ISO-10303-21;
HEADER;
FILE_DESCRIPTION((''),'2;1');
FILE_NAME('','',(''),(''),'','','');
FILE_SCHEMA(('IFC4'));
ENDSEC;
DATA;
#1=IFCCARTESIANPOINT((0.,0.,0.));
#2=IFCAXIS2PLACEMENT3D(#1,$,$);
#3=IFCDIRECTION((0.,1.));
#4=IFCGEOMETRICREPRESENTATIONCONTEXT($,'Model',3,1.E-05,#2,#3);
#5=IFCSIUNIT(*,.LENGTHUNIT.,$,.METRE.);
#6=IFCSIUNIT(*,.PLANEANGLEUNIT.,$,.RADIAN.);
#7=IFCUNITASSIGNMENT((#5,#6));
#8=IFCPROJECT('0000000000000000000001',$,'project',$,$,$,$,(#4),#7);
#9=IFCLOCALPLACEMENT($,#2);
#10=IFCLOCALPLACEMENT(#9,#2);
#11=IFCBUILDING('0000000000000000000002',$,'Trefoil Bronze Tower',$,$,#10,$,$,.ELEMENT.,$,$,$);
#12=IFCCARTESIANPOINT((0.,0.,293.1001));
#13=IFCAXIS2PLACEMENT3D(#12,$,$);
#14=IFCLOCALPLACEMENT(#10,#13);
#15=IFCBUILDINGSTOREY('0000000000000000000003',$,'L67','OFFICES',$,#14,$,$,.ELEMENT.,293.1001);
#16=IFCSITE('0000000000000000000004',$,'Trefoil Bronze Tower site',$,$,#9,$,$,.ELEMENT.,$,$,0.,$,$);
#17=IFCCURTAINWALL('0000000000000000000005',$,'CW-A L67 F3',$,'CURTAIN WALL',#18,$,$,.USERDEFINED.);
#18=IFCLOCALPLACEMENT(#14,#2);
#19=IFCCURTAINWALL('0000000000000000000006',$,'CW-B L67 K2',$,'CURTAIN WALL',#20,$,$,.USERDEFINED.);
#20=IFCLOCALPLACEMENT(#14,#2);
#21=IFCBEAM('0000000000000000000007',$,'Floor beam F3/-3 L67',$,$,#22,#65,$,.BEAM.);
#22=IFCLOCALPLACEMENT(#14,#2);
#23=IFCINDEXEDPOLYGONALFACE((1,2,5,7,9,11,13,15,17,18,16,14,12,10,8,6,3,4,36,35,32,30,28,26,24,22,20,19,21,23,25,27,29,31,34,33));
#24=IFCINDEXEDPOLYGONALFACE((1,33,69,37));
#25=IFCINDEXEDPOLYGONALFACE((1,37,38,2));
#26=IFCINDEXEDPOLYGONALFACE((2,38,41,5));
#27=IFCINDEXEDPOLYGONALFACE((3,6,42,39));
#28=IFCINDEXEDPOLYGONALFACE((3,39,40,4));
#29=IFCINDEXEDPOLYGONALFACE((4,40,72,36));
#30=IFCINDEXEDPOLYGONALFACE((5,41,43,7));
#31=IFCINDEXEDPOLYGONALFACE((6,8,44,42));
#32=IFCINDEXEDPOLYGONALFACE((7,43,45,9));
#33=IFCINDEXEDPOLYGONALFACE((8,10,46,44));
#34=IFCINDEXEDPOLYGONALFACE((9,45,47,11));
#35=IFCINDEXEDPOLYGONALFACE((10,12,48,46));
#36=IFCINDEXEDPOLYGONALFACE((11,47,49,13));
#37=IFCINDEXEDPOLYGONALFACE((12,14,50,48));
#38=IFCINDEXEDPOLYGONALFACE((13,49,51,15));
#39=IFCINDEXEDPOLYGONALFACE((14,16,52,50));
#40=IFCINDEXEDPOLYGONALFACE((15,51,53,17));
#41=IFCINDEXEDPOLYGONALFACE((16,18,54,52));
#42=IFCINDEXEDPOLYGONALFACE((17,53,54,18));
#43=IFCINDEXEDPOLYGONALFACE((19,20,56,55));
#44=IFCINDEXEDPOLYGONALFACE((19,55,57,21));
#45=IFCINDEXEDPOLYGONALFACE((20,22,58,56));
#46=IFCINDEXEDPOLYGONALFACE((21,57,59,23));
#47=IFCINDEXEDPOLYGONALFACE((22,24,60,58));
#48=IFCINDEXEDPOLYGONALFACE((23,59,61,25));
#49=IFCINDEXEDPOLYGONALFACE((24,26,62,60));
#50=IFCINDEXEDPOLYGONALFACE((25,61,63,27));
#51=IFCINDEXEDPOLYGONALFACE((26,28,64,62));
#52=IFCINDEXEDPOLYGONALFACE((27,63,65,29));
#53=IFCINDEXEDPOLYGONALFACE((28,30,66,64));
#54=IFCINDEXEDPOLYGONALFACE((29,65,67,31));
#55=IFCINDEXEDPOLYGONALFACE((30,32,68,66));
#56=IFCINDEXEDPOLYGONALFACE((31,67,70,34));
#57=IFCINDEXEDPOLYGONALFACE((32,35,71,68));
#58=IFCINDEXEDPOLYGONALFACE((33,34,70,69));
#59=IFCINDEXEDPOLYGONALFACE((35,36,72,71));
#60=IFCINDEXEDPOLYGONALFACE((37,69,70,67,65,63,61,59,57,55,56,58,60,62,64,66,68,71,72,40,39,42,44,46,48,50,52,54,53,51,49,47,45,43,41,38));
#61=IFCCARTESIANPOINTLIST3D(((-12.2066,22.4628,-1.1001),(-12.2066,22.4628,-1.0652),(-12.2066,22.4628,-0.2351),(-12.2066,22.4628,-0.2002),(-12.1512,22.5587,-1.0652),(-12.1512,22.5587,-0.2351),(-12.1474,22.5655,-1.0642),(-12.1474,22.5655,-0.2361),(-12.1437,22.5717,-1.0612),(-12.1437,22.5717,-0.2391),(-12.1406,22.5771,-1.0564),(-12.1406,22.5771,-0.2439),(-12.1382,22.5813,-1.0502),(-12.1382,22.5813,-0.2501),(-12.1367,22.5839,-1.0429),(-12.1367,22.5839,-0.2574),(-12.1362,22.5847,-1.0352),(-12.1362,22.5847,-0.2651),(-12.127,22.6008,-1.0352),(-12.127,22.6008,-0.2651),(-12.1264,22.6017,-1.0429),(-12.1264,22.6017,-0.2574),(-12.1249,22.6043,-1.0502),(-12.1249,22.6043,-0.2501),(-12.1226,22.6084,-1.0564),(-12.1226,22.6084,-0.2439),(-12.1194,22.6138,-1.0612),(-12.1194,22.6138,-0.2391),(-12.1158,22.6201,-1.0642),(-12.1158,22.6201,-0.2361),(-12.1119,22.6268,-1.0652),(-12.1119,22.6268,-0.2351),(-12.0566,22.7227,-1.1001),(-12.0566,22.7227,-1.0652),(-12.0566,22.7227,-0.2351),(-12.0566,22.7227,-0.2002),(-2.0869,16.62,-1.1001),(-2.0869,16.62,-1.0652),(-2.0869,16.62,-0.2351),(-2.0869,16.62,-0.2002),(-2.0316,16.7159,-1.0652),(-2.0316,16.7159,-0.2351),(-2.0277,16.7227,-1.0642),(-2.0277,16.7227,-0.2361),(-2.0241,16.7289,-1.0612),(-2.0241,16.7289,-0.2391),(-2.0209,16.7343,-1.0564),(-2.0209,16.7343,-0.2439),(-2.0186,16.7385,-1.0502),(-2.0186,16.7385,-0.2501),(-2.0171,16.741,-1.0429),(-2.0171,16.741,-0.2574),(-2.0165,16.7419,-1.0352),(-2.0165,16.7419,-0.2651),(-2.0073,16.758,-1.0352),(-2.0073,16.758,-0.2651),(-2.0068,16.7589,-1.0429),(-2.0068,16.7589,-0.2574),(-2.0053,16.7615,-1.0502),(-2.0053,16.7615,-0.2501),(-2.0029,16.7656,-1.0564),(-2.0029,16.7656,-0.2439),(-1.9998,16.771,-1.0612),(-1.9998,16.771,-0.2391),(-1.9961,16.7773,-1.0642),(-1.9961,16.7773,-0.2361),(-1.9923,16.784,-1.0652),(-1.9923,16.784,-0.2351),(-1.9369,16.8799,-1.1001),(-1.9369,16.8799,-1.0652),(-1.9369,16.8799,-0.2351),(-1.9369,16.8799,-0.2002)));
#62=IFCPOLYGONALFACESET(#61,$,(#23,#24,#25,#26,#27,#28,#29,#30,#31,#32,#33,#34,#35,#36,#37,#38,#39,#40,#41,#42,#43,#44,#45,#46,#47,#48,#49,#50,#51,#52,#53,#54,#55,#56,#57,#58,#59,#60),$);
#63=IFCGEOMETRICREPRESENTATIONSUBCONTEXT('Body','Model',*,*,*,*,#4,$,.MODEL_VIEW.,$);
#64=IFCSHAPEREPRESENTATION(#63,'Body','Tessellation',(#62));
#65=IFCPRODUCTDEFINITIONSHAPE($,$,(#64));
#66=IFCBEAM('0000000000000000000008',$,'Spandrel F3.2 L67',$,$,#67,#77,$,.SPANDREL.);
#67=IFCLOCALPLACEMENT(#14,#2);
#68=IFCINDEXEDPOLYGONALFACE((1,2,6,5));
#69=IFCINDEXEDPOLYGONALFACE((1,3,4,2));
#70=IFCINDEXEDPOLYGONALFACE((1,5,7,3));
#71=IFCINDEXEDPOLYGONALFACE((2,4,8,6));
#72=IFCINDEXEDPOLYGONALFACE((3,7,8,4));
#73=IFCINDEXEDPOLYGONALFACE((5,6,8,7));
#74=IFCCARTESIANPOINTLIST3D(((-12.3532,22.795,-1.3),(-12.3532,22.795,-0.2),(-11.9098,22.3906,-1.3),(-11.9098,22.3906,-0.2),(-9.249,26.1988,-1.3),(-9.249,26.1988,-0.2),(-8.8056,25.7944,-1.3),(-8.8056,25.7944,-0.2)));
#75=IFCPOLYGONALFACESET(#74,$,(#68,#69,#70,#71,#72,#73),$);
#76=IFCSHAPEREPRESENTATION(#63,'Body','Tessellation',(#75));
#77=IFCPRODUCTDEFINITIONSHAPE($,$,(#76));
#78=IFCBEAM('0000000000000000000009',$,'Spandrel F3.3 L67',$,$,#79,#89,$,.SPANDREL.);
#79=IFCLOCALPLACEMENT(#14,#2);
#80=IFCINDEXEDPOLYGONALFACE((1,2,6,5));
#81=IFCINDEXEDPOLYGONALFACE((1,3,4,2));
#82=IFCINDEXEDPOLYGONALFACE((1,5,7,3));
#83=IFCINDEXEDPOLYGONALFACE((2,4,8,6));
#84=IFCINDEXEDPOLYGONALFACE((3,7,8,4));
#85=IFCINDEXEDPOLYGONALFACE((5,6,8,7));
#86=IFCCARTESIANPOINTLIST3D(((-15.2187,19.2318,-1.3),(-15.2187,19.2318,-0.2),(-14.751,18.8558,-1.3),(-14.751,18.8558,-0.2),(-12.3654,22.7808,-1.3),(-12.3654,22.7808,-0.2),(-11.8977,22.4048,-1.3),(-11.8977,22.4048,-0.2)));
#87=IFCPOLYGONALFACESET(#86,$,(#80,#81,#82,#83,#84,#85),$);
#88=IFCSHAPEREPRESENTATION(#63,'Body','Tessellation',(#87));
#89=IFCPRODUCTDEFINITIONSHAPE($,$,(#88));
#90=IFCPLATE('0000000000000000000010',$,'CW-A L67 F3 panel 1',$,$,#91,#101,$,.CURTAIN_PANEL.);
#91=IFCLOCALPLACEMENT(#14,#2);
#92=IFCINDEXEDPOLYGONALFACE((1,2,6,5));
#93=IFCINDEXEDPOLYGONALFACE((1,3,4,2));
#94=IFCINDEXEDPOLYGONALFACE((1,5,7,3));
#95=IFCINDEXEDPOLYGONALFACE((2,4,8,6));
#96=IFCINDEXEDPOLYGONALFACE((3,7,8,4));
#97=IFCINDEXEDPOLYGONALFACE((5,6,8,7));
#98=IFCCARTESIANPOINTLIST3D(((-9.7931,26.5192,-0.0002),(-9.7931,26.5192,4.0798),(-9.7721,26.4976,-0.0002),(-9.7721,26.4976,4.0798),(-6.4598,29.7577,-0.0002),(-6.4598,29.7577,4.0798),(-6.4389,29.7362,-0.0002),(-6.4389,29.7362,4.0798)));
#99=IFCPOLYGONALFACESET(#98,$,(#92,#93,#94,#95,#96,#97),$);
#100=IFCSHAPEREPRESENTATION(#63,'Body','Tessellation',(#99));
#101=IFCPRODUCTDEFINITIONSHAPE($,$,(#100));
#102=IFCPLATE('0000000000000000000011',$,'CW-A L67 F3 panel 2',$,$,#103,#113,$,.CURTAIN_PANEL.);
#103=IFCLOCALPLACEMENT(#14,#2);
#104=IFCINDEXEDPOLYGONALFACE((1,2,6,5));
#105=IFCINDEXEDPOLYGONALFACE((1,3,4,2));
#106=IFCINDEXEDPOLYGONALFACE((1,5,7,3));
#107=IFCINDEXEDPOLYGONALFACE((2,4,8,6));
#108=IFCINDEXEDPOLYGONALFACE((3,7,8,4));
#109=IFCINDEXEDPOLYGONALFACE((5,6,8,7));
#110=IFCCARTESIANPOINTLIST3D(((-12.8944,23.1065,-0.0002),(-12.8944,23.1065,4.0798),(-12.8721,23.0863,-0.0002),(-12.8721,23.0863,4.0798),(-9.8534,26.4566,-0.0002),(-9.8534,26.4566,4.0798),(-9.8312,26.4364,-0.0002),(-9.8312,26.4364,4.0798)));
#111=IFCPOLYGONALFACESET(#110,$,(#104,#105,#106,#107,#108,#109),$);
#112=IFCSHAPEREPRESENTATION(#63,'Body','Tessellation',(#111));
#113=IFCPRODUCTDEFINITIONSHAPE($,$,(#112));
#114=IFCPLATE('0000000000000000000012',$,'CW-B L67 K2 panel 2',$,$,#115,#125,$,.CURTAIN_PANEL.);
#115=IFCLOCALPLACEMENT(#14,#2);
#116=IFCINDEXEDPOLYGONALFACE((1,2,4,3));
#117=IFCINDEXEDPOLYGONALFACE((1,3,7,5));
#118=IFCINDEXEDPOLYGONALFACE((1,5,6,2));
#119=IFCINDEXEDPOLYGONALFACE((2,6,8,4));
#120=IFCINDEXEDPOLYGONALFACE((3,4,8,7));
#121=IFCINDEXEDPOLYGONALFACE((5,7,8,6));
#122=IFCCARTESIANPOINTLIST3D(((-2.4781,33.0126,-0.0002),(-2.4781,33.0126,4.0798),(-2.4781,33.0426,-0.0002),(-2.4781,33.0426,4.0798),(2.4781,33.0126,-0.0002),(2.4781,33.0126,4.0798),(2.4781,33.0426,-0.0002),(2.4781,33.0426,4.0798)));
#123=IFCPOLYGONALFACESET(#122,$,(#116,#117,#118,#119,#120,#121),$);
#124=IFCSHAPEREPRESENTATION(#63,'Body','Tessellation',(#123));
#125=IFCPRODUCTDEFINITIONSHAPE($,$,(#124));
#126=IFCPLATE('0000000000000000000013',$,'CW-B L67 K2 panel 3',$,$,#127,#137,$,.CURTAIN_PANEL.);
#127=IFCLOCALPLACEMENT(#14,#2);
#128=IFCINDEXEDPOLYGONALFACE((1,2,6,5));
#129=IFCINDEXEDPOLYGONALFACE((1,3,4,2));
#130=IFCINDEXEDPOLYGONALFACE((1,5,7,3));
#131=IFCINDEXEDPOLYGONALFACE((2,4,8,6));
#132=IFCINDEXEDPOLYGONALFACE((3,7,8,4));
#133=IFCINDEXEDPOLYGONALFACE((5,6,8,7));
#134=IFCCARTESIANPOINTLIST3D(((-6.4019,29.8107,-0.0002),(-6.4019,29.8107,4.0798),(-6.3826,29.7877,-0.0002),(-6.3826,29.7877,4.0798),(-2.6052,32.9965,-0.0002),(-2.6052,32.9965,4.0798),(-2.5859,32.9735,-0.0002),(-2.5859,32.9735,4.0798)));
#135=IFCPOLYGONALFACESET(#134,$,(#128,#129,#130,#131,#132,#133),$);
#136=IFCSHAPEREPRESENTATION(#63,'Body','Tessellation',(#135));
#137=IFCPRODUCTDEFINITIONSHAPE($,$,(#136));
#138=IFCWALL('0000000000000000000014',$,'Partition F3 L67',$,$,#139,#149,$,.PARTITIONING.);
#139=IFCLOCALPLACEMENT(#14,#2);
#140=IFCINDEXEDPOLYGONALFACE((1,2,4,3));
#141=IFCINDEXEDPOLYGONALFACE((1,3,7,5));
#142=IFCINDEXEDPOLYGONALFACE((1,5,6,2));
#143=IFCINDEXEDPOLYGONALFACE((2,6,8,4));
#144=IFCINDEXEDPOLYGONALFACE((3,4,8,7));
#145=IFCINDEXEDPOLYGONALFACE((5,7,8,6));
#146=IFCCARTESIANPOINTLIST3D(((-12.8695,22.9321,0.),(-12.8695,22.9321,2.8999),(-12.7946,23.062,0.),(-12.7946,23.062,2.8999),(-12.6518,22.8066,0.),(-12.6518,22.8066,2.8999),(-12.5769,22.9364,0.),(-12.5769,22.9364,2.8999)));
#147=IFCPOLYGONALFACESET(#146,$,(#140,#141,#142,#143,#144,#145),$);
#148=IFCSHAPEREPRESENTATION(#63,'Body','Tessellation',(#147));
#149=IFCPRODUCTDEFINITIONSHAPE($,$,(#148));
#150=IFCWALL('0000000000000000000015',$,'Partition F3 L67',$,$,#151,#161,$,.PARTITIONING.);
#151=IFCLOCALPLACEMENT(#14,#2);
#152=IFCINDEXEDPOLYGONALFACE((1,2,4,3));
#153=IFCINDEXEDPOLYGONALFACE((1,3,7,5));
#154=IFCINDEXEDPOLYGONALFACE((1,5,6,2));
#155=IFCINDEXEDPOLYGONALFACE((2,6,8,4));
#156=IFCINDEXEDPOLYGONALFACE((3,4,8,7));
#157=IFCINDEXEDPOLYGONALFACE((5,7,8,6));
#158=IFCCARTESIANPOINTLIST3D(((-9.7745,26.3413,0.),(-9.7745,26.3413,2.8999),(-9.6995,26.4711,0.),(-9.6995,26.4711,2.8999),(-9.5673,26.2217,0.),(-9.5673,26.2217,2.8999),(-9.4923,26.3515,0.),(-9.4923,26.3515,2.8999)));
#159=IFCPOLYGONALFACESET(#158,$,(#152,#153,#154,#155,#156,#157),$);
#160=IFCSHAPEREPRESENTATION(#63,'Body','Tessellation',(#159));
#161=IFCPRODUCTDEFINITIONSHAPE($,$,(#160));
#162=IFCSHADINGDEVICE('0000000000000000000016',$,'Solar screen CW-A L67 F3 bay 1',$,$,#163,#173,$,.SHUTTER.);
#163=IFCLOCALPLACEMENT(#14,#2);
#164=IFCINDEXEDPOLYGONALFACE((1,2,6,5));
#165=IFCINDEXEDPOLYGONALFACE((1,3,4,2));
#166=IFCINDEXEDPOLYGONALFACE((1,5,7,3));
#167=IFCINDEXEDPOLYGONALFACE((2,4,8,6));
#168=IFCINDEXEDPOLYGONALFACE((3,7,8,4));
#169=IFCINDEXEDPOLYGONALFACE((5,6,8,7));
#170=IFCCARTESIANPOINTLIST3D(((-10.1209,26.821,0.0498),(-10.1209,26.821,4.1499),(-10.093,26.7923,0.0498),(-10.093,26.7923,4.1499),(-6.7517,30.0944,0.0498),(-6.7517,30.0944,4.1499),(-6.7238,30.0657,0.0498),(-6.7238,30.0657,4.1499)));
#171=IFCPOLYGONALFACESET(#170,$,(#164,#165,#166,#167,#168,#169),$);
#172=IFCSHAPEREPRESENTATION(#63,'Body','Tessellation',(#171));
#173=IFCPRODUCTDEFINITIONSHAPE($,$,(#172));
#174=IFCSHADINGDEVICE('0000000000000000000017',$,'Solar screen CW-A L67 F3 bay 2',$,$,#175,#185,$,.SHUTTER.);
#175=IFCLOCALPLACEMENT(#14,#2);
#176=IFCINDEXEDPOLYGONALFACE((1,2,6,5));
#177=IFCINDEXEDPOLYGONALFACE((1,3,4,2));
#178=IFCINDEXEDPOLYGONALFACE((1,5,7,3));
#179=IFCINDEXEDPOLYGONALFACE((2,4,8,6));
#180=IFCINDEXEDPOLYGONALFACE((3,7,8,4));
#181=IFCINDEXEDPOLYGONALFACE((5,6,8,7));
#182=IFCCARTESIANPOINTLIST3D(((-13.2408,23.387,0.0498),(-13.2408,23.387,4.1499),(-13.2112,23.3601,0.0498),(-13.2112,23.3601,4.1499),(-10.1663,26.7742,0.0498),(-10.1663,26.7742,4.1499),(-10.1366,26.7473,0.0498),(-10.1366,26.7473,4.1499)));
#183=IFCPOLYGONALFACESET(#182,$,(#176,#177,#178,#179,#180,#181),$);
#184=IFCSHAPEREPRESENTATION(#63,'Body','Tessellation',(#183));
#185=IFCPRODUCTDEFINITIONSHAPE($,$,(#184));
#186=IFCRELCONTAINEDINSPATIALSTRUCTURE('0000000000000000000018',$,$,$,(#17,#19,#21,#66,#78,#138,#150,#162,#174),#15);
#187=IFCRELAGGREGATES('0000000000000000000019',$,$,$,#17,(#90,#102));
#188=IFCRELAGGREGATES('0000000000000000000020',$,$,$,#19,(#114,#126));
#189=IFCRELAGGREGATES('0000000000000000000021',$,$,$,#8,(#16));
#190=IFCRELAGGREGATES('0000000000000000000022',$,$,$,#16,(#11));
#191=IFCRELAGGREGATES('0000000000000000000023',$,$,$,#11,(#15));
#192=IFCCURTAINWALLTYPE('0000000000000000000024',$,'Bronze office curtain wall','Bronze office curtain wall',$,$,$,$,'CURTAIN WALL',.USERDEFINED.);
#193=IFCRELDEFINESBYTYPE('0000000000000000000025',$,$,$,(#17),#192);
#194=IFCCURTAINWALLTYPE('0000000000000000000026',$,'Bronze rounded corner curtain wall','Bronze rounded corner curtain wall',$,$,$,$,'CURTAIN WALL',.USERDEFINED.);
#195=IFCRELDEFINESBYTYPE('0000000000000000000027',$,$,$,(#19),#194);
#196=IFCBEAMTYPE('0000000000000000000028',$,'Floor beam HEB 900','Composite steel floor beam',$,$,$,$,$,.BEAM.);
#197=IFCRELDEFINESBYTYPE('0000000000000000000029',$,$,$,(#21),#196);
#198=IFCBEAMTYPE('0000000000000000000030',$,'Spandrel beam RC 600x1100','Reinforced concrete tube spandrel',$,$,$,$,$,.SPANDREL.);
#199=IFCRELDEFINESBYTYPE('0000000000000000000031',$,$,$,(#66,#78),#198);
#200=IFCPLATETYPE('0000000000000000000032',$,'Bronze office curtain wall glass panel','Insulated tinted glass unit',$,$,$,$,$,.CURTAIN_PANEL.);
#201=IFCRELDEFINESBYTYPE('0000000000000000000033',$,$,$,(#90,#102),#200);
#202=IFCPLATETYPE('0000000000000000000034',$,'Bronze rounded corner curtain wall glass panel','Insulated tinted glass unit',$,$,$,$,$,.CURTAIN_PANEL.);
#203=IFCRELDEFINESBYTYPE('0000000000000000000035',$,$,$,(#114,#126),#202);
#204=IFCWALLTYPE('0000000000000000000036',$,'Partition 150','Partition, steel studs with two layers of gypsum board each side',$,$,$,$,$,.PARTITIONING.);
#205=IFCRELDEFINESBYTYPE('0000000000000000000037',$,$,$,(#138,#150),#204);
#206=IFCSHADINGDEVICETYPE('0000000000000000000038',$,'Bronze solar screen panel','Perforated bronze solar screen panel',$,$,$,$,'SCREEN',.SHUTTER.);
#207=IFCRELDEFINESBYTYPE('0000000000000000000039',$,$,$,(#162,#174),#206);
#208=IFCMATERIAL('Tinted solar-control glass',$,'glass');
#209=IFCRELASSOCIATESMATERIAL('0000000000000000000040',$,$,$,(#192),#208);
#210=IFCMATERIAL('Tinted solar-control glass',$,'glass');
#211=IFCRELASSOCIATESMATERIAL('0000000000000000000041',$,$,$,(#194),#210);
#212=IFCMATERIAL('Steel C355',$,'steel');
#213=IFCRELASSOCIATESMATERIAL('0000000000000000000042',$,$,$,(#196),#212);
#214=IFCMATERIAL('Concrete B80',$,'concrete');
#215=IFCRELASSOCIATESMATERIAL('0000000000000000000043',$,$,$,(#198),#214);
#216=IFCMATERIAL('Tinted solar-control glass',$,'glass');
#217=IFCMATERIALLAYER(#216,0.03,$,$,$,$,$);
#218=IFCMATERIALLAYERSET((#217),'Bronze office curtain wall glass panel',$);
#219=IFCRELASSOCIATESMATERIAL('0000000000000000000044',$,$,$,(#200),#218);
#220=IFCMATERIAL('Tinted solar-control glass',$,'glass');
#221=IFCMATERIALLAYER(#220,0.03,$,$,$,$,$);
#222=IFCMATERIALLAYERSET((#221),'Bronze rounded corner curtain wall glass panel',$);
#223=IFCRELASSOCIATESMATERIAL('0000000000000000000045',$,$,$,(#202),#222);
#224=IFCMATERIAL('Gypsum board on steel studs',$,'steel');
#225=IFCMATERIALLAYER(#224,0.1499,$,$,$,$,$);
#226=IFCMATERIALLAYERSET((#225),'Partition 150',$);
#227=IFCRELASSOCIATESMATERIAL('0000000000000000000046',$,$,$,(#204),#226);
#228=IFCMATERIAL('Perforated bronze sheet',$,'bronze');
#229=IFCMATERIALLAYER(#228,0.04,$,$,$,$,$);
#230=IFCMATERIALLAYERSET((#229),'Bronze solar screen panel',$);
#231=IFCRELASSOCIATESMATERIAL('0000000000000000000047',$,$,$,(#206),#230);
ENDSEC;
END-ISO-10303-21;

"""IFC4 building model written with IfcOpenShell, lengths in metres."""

from ifc_helpers import new_model, si_unit, direction, frame, frame_2d, origin, origin_2d, place, context, subcontext, project, spatial, rectangle, i_section, extrude, material, layer, layer_set, material_profile, profile_set, type_object, element, aggregate, save


model = new_model("IFC4")

# Units and contexts
model_context = context("Model", 3, precision=1e-05, world=origin(), true_north=direction((0.0, 1.0)))
body_context = subcontext(model_context, "Body", "Model", "MODEL_VIEW")
ifc_project = project(units=[si_unit("LENGTHUNIT", "METRE"), si_unit("PLANEANGLEUNIT", "RADIAN")], contexts=[model_context])

# Site, building, storey
site_placement = place(None, origin())
site = spatial("IfcSite", under=ifc_project, at=site_placement, Name="Trefoil Bronze Tower site", CompositionType="ELEMENT", RefElevation=0.0)
building_placement = place(site_placement, origin())
building = spatial("IfcBuilding", under=site, at=building_placement, Name="Trefoil Bronze Tower", CompositionType="ELEMENT")
storey_placement = place(building_placement, frame((0.0, 0.0, 293.1001)))
storey = spatial("IfcBuildingStorey", under=building, at=storey_placement, Name="L67", Description="OFFICES", CompositionType="ELEMENT", Elevation=293.1001)

# Curtain walls
ifc_material_1 = material(Name="Tinted solar-control glass", Category="glass")
curtain_wall_type_1 = type_object("IfcCurtainWallType", Name="Bronze office curtain wall", Description="Bronze office curtain wall", ElementType="CURTAIN WALL", PredefinedType="USERDEFINED", material=ifc_material_1)
curtain_wall_1_placement = place(storey_placement, origin())
curtain_wall_1 = element("IfcCurtainWall", 1, at=curtain_wall_1_placement, inside=storey, type_object=curtain_wall_type_1, Name="CW-A L67 F3", ObjectType="CURTAIN WALL", PredefinedType="USERDEFINED")
ifc_material_2 = material(Name="Tinted solar-control glass", Category="glass")
curtain_wall_type_2 = type_object("IfcCurtainWallType", Name="Bronze rounded corner curtain wall", Description="Bronze rounded corner curtain wall", ElementType="CURTAIN WALL", PredefinedType="USERDEFINED", material=ifc_material_2)
curtain_wall_2_placement = place(storey_placement, origin())
curtain_wall_2 = element("IfcCurtainWall", 2, at=curtain_wall_2_placement, inside=storey, type_object=curtain_wall_type_2, Name="CW-B L67 K2", ObjectType="CURTAIN WALL", PredefinedType="USERDEFINED")

# Beams
ifc_material_3 = material(Name="Steel C355", Category="steel")
ifc_material_profile_1 = material_profile(ifc_material_3, i_section(OverallWidth=0.3, OverallDepth=0.8999, WebThickness=0.0186, FlangeThickness=0.0349, FilletRadius=0.03, at=origin_2d()), Name="HEB 900")
ifc_profile_set_1 = profile_set([ifc_material_profile_1], Name="Steel C355")
beam_type_1 = type_object("IfcBeamType", Name="Floor beam HEB 900", Description="Composite steel floor beam", PredefinedType="BEAM", material=ifc_profile_set_1)
beam_1_placement = place(storey_placement, frame((-12.1316, 22.5928, -0.6501), z_axis=(0.866018, -0.500013, 0.0), x_axis=(0.500013, 0.866018, 0.0)))
element("IfcBeam", 3, at=beam_1_placement, inside=storey, type_object=beam_type_1, Name="Floor beam F3/-3 L67", PredefinedType="BEAM", context=body_context, shape_type="SweptSolid", body=[
    extrude(i_section(OverallWidth=0.3, OverallDepth=0.8999, WebThickness=0.0186, FlangeThickness=0.0349, FilletRadius=0.03, at=origin_2d()), origin(), (0.0, 0.0, 1.0), 11.6853),
])
ifc_material_4 = material(Name="Concrete B80", Category="concrete")
ifc_material_profile_2 = material_profile(ifc_material_4, rectangle(XDim=0.6001, YDim=1.1001, at=origin_2d()), Name="RC 600x1100")
ifc_profile_set_2 = profile_set([ifc_material_profile_2], Name="Concrete B80")
beam_type_2 = type_object("IfcBeamType", Name="Spandrel beam RC 600x1100", Description="Reinforced concrete tube spandrel", PredefinedType="SPANDREL", material=ifc_profile_set_2)
beam_2_placement = place(storey_placement, frame((-9.0273, 25.9966, -0.75), z_axis=(-0.673846, -0.738872, 0.0), x_axis=(0.738872, -0.673846, 0.0)))
element("IfcBeam", 4, at=beam_2_placement, inside=storey, type_object=beam_type_2, Name="Spandrel F3.2 L67", PredefinedType="SPANDREL", context=body_context, shape_type="SweptSolid", body=[
    extrude(rectangle(XDim=0.6001, YDim=1.1001, at=origin_2d()), origin(), (0.0, 0.0, 1.0), 4.6067),
])
beam_3_placement = place(storey_placement, frame((-12.1316, 22.5928, -0.75), z_axis=(-0.62657, -0.779365, 0.0), x_axis=(0.779365, -0.62657, 0.0)))
element("IfcBeam", 5, at=beam_3_placement, inside=storey, type_object=beam_type_2, Name="Spandrel F3.3 L67", PredefinedType="SPANDREL", context=body_context, shape_type="SweptSolid", body=[
    extrude(rectangle(XDim=0.6001, YDim=1.1001, at=origin_2d()), origin(), (0.0, 0.0, 1.0), 4.5537),
])

# Plates
ifc_material_5 = material(Name="Tinted solar-control glass", Category="glass")
ifc_layer_1 = layer(ifc_material_5, 0.03)
ifc_layer_set_1 = layer_set([ifc_layer_1], Name="Bronze office curtain wall glass panel")
plate_type_1 = type_object("IfcPlateType", Name="Bronze office curtain wall glass panel", Description="Insulated tinted glass unit", PredefinedType="CURTAIN_PANEL", material=ifc_layer_set_1)
plate_1_placement = place(storey_placement, frame((-8.116, 28.1277, -0.0002), z_axis=(0.0, 0.0, 1.0), x_axis=(-0.717218, -0.696849, 0.0)))
plate_1 = element("IfcPlate", 6, at=plate_1_placement, type_object=plate_type_1, Name="CW-A L67 F3 panel 1", PredefinedType="CURTAIN_PANEL", context=body_context, shape_type="SweptSolid", body=[
    extrude(rectangle(XDim=4.6475, YDim=0.03, at=origin_2d()), origin(), (0.0, 0.0, 1.0), 4.0801),
])
plate_2_placement = place(storey_placement, frame((-11.3628, 24.7715, -0.0002), z_axis=(0.0, 0.0, 1.0), x_axis=(-0.672115, -0.740447, 0.0)))
plate_2 = element("IfcPlate", 7, at=plate_2_placement, type_object=plate_type_1, Name="CW-A L67 F3 panel 2", PredefinedType="CURTAIN_PANEL", context=body_context, shape_type="SweptSolid", body=[
    extrude(rectangle(XDim=4.5244, YDim=0.03, at=origin_2d()), origin(), (0.0, 0.0, 1.0), 4.0801),
])
aggregate(curtain_wall_1, [plate_1, plate_2])
ifc_material_6 = material(Name="Tinted solar-control glass", Category="glass")
ifc_layer_2 = layer(ifc_material_6, 0.03)
ifc_layer_set_2 = layer_set([ifc_layer_2], Name="Bronze rounded corner curtain wall glass panel")
plate_type_2 = type_object("IfcPlateType", Name="Bronze rounded corner curtain wall glass panel", Description="Insulated tinted glass unit", PredefinedType="CURTAIN_PANEL", material=ifc_layer_set_2)
plate_3_placement = place(storey_placement, frame((0.0, 33.0276, -0.0002), z_axis=(0.0, 0.0, 1.0), x_axis=(-1.0, 0.0, 0.0)))
plate_3 = element("IfcPlate", 8, at=plate_3_placement, type_object=plate_type_2, Name="CW-B L67 K2 panel 2", PredefinedType="CURTAIN_PANEL", context=body_context, shape_type="SweptSolid", body=[
    extrude(rectangle(XDim=4.9563, YDim=0.03, at=origin_2d()), origin(), (0.0, 0.0, 1.0), 4.0801),
])
plate_4_placement = place(storey_placement, frame((-4.4939, 31.3921, -0.0002), z_axis=(0.0, 0.0, 1.0), x_axis=(-0.766044, -0.642788, 0.0)))
plate_4 = element("IfcPlate", 9, at=plate_4_placement, type_object=plate_type_2, Name="CW-B L67 K2 panel 3", PredefinedType="CURTAIN_PANEL", context=body_context, shape_type="SweptSolid", body=[
    extrude(rectangle(XDim=4.9563, YDim=0.03, at=origin_2d()), origin(), (0.0, 0.0, 1.0), 4.0801),
])
aggregate(curtain_wall_2, [plate_3, plate_4])

# Walls
ifc_material_7 = material(Name="Gypsum board on steel studs", Category="steel")
ifc_layer_3 = layer(ifc_material_7, 0.1499)
ifc_layer_set_3 = layer_set([ifc_layer_3], Name="Partition 150")
wall_type = type_object("IfcWallType", Name="Partition 150", Description="Partition, steel studs with two layers of gypsum board each side", PredefinedType="PARTITIONING", material=ifc_layer_set_3)
wall_1_placement = place(storey_placement, frame((-12.6145, 22.8716, 0.0), z_axis=(0.0, 0.0, 1.0), x_axis=(-0.866202, 0.499694, 0.0)))
element("IfcWall", 10, at=wall_1_placement, inside=storey, type_object=wall_type, Name="Partition F3 L67", PredefinedType="PARTITIONING", context=body_context, shape_type="SweptSolid", body=[
    extrude(rectangle(XDim=0.2512, YDim=0.1499, at=frame_2d((0.1255, 0.0))), origin(), (0.0, 0.0, 1.0), 2.8999),
])
wall_2_placement = place(storey_placement, frame((-9.5298, 26.2866, 0.0), z_axis=(0.0, 0.0, 1.0), x_axis=(-0.866101, 0.49987, 0.0)))
element("IfcWall", 11, at=wall_2_placement, inside=storey, type_object=wall_type, Name="Partition F3 L67", PredefinedType="PARTITIONING", context=body_context, shape_type="SweptSolid", body=[
    extrude(rectangle(XDim=0.2393, YDim=0.1499, at=frame_2d((0.1196, 0.0))), origin(), (0.0, 0.0, 1.0), 2.8999),
])

# Shading devices
ifc_material_8 = material(Name="Perforated bronze sheet", Category="bronze")
ifc_layer_4 = layer(ifc_material_8, 0.04)
ifc_layer_set_4 = layer_set([ifc_layer_4], Name="Bronze solar screen panel")
shading_device_type = type_object("IfcShadingDeviceType", Name="Bronze solar screen panel", Description="Perforated bronze solar screen panel", ElementType="SCREEN", PredefinedType="SHUTTER", material=ifc_layer_set_4)
shading_device_1_placement = place(storey_placement, frame((-8.4224, 28.4434, 0.0498), z_axis=(0.0, 0.0, 1.0), x_axis=(-0.717218, -0.696849, 0.0)))
element("IfcShadingDevice", 12, at=shading_device_1_placement, inside=storey, type_object=shading_device_type, Name="Solar screen CW-A L67 F3 bay 1", PredefinedType="SHUTTER", context=body_context, shape_type="SweptSolid", body=[
    extrude(rectangle(XDim=4.6975, YDim=0.04, at=origin_2d()), origin(), (0.0, 0.0, 1.0), 4.1001),
])
shading_device_2_placement = place(storey_placement, frame((-11.6887, 25.0671, 0.0498), z_axis=(0.0, 0.0, 1.0), x_axis=(-0.672115, -0.740447, 0.0)))
element("IfcShadingDevice", 13, at=shading_device_2_placement, inside=storey, type_object=shading_device_type, Name="Solar screen CW-A L67 F3 bay 2", PredefinedType="SHUTTER", context=body_context, shape_type="SweptSolid", body=[
    extrude(rectangle(XDim=4.5745, YDim=0.04, at=origin_2d()), origin(), (0.0, 0.0, 1.0), 4.1001),
])

save(model, "model.ifc")
